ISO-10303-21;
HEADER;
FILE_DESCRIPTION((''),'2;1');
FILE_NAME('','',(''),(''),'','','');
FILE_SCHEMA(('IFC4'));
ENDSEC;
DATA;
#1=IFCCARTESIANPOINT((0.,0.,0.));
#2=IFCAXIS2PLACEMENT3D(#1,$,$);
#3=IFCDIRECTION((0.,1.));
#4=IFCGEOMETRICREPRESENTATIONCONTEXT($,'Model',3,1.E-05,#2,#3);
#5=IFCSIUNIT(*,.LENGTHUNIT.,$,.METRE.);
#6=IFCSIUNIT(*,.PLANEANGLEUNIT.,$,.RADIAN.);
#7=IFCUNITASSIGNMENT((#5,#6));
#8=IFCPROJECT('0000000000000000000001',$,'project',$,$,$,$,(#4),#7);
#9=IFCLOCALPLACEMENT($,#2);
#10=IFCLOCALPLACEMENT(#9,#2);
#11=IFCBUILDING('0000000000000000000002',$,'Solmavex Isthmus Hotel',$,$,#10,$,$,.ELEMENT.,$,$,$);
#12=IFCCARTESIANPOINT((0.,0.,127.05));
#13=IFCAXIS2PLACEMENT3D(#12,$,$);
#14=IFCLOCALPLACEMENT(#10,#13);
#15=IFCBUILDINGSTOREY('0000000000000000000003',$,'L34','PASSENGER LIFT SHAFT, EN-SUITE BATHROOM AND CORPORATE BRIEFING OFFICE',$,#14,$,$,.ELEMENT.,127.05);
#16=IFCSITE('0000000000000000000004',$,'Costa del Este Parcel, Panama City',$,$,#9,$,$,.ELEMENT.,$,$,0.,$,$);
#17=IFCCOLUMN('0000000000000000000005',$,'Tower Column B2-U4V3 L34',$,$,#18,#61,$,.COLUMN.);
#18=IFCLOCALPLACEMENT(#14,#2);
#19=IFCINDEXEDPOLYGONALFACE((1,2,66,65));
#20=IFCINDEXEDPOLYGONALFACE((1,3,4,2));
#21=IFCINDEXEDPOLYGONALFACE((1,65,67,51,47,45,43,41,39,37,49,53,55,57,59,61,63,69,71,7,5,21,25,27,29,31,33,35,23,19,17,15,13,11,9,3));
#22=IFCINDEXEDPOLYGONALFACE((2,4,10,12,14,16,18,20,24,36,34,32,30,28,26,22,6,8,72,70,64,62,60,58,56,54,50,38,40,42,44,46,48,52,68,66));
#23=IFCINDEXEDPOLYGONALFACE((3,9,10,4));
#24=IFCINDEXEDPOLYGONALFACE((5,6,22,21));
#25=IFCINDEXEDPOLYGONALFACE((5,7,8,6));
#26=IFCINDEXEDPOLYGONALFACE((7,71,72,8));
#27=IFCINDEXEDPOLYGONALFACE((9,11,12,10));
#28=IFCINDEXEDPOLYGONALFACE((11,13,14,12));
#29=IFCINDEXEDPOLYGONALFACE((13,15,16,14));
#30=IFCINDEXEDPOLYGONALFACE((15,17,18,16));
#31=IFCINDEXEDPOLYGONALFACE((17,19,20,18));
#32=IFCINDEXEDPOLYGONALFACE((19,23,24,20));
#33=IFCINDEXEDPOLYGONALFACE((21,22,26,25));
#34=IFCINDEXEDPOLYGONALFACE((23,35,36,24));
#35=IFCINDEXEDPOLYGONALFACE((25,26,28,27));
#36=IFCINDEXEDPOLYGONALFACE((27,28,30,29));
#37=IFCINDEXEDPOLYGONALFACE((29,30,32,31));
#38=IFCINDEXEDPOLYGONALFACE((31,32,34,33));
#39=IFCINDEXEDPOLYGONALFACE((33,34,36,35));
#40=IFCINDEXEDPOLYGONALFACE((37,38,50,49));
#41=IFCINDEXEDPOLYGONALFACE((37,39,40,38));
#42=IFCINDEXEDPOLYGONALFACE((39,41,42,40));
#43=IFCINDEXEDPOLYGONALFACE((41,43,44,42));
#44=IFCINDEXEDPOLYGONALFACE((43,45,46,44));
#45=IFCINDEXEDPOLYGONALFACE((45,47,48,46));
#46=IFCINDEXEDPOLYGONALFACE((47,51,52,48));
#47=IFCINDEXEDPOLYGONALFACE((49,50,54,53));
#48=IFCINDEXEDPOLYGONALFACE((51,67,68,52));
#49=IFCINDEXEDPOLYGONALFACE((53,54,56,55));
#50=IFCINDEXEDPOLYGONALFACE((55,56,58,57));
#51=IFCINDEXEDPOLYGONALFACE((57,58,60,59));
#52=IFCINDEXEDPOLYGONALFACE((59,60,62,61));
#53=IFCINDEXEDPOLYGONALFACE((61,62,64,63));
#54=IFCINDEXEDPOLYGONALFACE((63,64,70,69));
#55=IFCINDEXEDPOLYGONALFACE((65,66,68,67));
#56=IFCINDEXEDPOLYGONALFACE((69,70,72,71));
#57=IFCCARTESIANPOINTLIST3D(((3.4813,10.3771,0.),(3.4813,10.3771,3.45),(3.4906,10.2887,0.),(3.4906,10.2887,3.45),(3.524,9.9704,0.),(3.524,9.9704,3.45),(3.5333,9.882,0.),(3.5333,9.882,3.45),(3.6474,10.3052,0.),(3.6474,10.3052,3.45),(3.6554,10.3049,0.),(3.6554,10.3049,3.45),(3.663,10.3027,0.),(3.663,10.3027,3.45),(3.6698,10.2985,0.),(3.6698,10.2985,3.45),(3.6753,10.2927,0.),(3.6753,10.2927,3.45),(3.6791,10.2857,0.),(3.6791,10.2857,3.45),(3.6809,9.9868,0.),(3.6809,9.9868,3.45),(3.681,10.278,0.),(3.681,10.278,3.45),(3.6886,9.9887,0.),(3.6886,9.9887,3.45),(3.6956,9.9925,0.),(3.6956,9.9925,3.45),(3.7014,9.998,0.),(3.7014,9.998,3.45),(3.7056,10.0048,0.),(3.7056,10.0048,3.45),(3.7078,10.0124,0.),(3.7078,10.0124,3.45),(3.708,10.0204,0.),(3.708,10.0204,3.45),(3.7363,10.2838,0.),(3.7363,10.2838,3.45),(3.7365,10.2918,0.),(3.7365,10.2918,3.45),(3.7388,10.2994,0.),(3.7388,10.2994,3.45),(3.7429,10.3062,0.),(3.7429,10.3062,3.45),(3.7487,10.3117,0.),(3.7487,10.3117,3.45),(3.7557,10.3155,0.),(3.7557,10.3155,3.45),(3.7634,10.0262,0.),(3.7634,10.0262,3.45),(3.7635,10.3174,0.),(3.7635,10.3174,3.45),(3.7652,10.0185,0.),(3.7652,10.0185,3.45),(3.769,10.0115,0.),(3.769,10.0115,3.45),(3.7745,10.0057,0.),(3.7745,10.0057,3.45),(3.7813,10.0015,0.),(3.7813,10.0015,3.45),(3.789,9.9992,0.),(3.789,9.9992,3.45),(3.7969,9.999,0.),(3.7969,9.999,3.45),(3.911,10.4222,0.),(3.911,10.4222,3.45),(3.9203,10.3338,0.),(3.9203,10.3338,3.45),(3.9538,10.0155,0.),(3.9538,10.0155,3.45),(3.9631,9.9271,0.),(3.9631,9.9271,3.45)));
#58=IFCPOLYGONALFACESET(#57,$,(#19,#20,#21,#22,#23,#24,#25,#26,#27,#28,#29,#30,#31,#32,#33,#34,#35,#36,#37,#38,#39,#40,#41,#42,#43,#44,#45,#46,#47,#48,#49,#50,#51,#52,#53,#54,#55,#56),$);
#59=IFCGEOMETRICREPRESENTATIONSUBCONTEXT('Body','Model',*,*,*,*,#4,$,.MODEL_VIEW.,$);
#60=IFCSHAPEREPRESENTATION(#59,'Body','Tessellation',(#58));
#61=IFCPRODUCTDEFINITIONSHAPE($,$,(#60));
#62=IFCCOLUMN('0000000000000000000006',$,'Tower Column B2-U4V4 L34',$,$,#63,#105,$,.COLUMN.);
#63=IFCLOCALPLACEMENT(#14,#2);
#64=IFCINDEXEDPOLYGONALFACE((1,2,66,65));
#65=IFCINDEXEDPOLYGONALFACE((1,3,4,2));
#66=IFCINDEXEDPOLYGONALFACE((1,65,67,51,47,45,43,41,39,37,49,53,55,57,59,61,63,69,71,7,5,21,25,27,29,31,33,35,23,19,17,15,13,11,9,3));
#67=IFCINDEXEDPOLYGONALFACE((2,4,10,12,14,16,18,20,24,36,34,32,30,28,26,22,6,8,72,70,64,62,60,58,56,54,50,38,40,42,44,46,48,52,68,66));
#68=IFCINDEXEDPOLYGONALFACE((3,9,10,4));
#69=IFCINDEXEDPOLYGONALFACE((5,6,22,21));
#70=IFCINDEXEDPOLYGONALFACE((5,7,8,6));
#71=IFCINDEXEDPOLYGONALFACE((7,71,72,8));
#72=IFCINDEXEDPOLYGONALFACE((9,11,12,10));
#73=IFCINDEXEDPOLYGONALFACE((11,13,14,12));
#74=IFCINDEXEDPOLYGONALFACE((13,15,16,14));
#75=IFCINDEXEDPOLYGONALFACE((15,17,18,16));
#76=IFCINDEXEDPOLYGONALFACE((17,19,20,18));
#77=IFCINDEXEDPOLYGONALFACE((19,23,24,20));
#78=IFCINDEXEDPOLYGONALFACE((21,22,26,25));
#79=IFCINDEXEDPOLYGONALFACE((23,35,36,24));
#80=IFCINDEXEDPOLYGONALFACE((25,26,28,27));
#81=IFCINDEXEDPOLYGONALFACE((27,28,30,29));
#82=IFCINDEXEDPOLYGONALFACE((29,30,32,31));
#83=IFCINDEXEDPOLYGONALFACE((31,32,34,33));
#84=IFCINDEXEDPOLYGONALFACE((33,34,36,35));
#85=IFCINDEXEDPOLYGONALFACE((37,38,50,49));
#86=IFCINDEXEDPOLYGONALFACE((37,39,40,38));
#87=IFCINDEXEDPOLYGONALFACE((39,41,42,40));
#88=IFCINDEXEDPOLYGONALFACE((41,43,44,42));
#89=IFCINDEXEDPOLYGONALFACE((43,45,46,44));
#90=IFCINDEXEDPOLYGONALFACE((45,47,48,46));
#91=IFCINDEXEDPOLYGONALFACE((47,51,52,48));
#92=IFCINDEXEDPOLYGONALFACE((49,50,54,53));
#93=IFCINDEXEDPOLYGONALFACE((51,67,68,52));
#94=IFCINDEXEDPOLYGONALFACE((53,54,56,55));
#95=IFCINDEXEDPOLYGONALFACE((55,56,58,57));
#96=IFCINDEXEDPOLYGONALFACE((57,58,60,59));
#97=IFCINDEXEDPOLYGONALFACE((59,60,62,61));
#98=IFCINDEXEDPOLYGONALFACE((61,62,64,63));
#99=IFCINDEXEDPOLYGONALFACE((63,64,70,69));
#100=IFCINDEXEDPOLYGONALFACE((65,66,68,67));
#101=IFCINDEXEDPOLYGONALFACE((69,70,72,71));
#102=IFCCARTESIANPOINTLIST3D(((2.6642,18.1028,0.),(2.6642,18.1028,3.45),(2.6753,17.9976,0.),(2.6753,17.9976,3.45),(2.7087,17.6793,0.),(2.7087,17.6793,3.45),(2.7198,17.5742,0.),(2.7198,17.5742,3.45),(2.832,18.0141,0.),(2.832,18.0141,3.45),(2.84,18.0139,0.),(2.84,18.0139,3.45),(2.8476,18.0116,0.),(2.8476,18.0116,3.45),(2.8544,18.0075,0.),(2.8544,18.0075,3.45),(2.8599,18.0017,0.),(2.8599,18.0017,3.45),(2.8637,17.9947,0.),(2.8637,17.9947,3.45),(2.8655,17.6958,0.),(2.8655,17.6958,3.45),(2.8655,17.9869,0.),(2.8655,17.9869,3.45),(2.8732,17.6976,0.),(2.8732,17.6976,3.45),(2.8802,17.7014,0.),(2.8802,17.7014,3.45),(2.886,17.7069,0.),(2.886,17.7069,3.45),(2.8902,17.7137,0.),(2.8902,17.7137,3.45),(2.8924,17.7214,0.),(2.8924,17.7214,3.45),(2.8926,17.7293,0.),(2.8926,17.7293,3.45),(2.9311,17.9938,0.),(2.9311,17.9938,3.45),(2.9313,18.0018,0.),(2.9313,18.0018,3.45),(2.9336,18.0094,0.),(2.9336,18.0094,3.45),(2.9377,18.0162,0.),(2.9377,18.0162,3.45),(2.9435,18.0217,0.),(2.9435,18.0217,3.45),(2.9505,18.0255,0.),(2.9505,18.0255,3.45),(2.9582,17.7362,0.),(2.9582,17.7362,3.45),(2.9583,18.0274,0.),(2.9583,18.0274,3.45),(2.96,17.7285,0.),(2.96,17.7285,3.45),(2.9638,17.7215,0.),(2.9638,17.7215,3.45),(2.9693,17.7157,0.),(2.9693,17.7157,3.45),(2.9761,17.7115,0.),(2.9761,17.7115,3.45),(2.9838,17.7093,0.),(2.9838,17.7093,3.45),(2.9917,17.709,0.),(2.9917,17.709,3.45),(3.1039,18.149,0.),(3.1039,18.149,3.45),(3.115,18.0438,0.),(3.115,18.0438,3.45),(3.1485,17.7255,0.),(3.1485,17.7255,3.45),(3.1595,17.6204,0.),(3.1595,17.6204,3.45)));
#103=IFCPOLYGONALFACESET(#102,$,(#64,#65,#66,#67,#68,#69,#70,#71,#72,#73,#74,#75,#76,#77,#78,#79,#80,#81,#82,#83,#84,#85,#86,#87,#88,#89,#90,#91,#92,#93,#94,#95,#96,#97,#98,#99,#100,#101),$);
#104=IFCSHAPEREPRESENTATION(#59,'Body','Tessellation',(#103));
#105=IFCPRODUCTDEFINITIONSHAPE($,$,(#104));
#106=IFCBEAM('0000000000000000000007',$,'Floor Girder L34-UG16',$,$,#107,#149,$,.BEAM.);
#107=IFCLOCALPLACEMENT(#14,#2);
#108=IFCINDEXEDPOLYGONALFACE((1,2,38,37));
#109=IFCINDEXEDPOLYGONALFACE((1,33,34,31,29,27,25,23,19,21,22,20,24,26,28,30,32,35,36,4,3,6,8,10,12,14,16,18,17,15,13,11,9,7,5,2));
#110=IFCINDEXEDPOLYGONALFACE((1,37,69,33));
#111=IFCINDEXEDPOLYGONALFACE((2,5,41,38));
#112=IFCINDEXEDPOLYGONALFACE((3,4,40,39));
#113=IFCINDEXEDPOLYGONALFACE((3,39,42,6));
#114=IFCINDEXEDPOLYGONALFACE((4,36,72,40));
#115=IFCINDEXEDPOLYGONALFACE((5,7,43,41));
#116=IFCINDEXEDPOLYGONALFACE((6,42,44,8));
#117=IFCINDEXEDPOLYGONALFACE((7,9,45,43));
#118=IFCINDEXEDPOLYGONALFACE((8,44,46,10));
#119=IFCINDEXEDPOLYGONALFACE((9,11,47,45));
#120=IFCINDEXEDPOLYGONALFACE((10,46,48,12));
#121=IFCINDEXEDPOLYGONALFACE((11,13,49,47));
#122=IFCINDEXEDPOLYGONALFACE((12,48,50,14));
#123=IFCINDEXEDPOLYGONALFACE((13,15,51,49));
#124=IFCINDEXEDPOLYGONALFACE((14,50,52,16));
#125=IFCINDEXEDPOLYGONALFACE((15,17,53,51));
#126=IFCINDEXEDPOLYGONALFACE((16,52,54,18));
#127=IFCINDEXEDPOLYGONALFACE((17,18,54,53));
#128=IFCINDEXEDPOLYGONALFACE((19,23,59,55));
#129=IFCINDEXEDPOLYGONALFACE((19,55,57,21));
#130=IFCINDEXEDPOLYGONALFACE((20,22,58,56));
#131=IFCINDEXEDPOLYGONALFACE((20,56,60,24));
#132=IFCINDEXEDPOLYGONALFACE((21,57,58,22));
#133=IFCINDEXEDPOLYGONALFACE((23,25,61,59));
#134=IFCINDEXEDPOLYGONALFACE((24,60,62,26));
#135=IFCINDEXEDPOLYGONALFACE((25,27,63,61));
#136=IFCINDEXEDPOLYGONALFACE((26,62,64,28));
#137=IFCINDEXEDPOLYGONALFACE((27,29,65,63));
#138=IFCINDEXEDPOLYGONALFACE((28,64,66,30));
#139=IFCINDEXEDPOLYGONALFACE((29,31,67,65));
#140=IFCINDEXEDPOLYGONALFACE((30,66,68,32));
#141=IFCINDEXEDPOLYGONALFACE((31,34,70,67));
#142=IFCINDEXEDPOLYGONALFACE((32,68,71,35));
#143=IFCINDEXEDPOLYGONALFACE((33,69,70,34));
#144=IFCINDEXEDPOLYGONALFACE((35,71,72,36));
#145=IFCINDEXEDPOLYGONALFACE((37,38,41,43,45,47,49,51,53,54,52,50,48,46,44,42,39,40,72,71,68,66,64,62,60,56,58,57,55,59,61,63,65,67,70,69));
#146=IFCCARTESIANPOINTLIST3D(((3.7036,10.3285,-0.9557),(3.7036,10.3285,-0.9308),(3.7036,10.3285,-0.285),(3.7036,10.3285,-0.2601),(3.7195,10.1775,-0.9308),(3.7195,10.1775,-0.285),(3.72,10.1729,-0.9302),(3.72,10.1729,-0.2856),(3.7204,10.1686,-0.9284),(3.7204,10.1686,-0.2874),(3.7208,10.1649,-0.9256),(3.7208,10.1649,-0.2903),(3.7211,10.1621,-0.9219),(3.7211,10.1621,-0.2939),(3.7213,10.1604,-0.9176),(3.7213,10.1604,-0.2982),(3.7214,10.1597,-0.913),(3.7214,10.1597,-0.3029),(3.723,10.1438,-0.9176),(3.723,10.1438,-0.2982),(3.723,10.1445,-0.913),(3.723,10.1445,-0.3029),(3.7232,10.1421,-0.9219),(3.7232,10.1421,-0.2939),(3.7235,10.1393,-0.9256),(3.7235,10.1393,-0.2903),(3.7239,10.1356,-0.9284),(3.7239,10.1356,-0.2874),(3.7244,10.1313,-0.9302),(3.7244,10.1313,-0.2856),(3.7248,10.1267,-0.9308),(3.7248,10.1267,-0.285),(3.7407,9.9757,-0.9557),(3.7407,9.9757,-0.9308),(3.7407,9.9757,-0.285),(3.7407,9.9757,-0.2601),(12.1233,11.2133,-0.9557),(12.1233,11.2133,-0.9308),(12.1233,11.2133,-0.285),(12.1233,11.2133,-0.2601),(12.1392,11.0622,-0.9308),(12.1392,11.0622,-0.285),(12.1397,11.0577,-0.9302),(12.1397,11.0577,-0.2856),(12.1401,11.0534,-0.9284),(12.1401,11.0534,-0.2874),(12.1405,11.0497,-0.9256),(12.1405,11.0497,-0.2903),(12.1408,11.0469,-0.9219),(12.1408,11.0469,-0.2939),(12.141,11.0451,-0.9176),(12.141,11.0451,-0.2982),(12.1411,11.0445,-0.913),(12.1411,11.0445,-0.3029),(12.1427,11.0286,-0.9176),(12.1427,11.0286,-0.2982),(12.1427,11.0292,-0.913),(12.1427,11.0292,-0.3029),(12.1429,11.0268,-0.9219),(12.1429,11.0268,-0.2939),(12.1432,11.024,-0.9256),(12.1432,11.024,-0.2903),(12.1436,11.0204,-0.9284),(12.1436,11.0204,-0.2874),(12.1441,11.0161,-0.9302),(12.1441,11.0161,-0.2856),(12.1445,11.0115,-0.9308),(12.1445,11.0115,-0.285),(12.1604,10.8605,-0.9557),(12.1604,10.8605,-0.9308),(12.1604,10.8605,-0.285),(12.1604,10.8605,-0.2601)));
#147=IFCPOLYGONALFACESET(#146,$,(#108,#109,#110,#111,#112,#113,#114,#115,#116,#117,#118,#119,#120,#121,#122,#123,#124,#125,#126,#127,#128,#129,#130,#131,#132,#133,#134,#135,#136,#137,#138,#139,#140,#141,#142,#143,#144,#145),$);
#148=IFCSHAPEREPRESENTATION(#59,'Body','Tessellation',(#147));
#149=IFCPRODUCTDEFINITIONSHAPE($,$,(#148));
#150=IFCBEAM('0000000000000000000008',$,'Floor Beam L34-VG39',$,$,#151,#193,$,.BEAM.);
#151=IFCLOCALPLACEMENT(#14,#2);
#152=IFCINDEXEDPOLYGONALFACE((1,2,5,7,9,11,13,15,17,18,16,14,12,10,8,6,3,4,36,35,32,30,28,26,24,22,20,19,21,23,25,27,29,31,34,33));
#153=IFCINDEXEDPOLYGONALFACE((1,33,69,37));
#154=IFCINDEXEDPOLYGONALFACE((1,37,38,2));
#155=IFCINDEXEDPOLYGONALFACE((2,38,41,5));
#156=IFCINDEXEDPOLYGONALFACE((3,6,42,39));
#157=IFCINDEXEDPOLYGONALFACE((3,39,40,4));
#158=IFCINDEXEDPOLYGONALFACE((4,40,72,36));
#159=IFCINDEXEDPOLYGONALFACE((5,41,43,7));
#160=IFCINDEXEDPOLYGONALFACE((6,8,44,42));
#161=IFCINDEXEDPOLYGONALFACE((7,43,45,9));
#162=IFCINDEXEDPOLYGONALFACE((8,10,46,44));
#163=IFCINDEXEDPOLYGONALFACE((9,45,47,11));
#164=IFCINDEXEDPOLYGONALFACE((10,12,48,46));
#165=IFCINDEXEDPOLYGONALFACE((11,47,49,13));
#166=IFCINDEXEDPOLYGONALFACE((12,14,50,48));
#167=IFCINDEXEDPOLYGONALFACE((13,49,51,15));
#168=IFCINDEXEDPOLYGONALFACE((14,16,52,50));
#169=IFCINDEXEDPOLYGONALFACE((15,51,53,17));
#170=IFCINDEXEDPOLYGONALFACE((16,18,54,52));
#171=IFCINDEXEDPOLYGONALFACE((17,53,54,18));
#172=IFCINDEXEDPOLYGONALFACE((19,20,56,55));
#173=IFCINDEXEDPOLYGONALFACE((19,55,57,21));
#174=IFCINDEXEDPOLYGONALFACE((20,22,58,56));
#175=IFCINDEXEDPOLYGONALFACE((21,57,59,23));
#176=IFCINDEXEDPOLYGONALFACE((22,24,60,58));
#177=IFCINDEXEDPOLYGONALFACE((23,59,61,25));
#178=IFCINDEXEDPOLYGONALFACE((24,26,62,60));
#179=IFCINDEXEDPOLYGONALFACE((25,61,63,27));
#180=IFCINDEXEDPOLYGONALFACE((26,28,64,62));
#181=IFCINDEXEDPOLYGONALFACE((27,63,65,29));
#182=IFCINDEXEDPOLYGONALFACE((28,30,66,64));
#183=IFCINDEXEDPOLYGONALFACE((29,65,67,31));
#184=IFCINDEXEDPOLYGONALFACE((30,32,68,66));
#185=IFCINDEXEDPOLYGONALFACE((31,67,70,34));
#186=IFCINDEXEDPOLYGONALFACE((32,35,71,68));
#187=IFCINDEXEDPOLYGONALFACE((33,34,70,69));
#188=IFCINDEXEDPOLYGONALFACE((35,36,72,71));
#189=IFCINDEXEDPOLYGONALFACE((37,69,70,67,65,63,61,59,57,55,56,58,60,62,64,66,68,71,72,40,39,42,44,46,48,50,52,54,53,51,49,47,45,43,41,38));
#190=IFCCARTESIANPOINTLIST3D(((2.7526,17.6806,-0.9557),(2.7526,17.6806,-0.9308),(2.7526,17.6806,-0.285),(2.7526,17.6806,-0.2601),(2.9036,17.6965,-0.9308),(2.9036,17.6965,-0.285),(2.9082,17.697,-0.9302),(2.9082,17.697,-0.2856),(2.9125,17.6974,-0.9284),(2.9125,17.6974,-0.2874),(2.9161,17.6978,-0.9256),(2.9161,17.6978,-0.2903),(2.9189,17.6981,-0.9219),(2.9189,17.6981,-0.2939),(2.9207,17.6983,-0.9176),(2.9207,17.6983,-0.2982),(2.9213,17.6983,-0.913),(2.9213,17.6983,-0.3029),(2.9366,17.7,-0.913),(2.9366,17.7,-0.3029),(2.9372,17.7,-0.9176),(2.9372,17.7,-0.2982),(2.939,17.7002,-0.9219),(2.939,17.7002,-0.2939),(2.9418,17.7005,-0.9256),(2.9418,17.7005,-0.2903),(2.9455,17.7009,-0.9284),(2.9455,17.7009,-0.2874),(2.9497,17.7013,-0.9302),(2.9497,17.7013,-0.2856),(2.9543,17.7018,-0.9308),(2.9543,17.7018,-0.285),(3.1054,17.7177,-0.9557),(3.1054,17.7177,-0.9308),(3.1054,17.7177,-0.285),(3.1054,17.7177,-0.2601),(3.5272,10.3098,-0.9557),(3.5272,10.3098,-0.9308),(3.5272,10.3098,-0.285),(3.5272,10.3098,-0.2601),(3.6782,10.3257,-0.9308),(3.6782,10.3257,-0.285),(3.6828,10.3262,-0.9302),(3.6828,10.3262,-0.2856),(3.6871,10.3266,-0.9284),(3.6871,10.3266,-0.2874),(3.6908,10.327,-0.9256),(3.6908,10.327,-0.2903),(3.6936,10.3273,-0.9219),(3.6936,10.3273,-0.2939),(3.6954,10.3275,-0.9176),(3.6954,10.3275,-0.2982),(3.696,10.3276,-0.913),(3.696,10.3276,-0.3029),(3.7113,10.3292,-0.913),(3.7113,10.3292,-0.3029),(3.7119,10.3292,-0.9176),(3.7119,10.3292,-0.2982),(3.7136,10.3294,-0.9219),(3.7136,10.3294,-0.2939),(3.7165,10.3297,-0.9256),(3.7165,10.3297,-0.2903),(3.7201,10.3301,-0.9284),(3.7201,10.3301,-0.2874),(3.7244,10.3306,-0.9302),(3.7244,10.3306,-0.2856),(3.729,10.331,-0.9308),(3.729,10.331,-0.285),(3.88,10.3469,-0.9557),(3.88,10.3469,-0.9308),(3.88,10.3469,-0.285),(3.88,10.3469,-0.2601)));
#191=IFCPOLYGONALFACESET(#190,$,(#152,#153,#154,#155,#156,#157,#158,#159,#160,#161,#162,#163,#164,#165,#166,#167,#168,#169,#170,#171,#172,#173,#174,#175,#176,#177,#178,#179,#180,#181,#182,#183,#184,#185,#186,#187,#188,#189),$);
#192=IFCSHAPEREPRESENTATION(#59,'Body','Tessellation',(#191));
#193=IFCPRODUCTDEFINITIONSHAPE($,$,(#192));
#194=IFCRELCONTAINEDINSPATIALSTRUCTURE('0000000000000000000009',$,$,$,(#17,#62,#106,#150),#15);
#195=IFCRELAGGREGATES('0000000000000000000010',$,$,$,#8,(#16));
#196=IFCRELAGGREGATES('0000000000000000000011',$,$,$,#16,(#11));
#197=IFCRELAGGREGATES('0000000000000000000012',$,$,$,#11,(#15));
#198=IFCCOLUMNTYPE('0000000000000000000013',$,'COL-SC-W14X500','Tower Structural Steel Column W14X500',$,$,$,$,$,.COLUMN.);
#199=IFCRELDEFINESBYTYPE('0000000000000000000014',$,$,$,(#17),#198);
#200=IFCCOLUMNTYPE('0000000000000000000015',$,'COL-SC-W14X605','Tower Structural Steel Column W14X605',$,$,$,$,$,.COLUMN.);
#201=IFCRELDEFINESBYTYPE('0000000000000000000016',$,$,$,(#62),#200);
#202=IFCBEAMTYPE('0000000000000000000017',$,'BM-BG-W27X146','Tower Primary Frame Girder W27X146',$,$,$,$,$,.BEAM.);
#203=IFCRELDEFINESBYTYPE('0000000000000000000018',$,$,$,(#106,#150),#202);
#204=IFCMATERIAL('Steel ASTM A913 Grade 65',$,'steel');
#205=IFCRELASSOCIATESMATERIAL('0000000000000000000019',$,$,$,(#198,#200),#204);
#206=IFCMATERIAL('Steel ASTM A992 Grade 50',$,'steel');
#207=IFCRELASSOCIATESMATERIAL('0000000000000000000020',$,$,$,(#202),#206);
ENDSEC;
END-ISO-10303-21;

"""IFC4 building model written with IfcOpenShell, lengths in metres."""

from ifc_helpers import new_model, si_unit, direction, frame, origin, origin_2d, place, context, subcontext, project, spatial, i_section, extrude, material, material_profile, profile_set, type_object, element, save


model = new_model("IFC4")

# Units and contexts
model_context = context("Model", 3, precision=1e-05, world=origin(), true_north=direction((0.0, 1.0)))
body_context = subcontext(model_context, "Body", "Model", "MODEL_VIEW")
ifc_project = project(units=[si_unit("LENGTHUNIT", "METRE"), si_unit("PLANEANGLEUNIT", "RADIAN")], contexts=[model_context])

# Site, building, storey
site_placement = place(None, origin())
site = spatial("IfcSite", under=ifc_project, at=site_placement, Name="Costa del Este Parcel, Panama City", CompositionType="ELEMENT", RefElevation=0.0)
building_placement = place(site_placement, origin())
building = spatial("IfcBuilding", under=site, at=building_placement, Name="Solmavex Isthmus Hotel", CompositionType="ELEMENT")
storey_placement = place(building_placement, frame((0.0, 0.0, 127.05)))
storey = spatial("IfcBuildingStorey", under=building, at=storey_placement, Name="L34", Description="PASSENGER LIFT SHAFT, EN-SUITE BATHROOM AND CORPORATE BRIEFING OFFICE", CompositionType="ELEMENT", Elevation=127.05)

# Columns
ifc_material_1 = material(Name="Steel ASTM A913 Grade 65", Category="steel")
ifc_material_profile_1 = material_profile(ifc_material_1, i_section(OverallWidth=0.4321, OverallDepth=0.4978, WebThickness=0.0557, FlangeThickness=0.0889, FilletRadius=0.0305, at=origin_2d()), Name="W14X500")
ifc_profile_set_1 = profile_set([ifc_material_profile_1], Name="Steel ASTM A913 Grade 65")
column_type_1 = type_object("IfcColumnType", Name="COL-SC-W14X500", Description="Tower Structural Steel Column W14X500", PredefinedType="COLUMN", material=ifc_profile_set_1)
column_1_placement = place(storey_placement, frame((3.7222, 10.1521, 0.0), z_axis=(0.0, 0.0, 1.0), x_axis=(0.994522, 0.104528, 0.0)))
element("IfcColumn", 1, at=column_1_placement, inside=storey, type_object=column_type_1, Name="Tower Column B2-U4V3 L34", PredefinedType="COLUMN", context=body_context, shape_type="SweptSolid", body=[
    extrude(i_section(OverallWidth=0.4321, OverallDepth=0.4978, WebThickness=0.0557, FlangeThickness=0.0889, FilletRadius=0.0305, at=origin_2d()), origin(), (0.0, 0.0, 1.0), 3.45),
])
ifc_material_profile_2 = material_profile(ifc_material_1, i_section(OverallWidth=0.4421, OverallDepth=0.5315, WebThickness=0.0659, FlangeThickness=0.1057, FilletRadius=0.0305, at=origin_2d()), Name="W14X605")
ifc_profile_set_2 = profile_set([ifc_material_profile_2], Name="Steel ASTM A913 Grade 65")
column_type_2 = type_object("IfcColumnType", Name="COL-SC-W14X605", Description="Tower Structural Steel Column W14X605", PredefinedType="COLUMN", material=ifc_profile_set_2)
column_2_placement = place(storey_placement, frame((2.9119, 17.8616, 0.0), z_axis=(0.0, 0.0, 1.0), x_axis=(0.994522, 0.104528, 0.0)))
element("IfcColumn", 2, at=column_2_placement, inside=storey, type_object=column_type_2, Name="Tower Column B2-U4V4 L34", PredefinedType="COLUMN", context=body_context, shape_type="SweptSolid", body=[
    extrude(i_section(OverallWidth=0.4421, OverallDepth=0.5315, WebThickness=0.0659, FlangeThickness=0.1057, FilletRadius=0.0305, at=origin_2d()), origin(), (0.0, 0.0, 1.0), 3.45),
])

# Beams
ifc_material_2 = material(Name="Steel ASTM A992 Grade 50", Category="steel")
ifc_material_profile_3 = material_profile(ifc_material_2, i_section(OverallWidth=0.3547, OverallDepth=0.6956, WebThickness=0.0154, FlangeThickness=0.0249, FilletRadius=0.0178, at=origin_2d()), Name="W27X146")
ifc_profile_set_3 = profile_set([ifc_material_profile_3], Name="Steel ASTM A992 Grade 50")
beam_type_1 = type_object("IfcBeamType", Name="BM-BG-W27X146", Description="Tower Primary Frame Girder W27X146", PredefinedType="BEAM", material=ifc_profile_set_3)
beam_1_placement = place(storey_placement, frame((3.7222, 10.1521, -0.6079), z_axis=(0.994524, 0.104508, 0.0), x_axis=(-0.104508, 0.994524, 0.0)))
element("IfcBeam", 3, at=beam_1_placement, inside=storey, type_object=beam_type_1, Name="Floor Girder L34-UG16", PredefinedType="BEAM", context=body_context, shape_type="SweptSolid", body=[
    extrude(i_section(OverallWidth=0.3547, OverallDepth=0.6956, WebThickness=0.0154, FlangeThickness=0.0249, FilletRadius=0.0178, at=origin_2d()), origin(), (0.0, 0.0, 1.0), 8.4661),
])
beam_2_placement = place(storey_placement, frame((3.7036, 10.3284, -0.6079), z_axis=(-0.104522, 0.994523, 0.0), x_axis=(-0.994523, -0.104522, 0.0)))
element("IfcBeam", 4, at=beam_2_placement, inside=storey, type_object=beam_type_1, Name="Floor Beam L34-VG39", PredefinedType="BEAM", context=body_context, shape_type="SweptSolid", body=[
    extrude(i_section(OverallWidth=0.3547, OverallDepth=0.6956, WebThickness=0.0154, FlangeThickness=0.0249, FilletRadius=0.0178, at=origin_2d()), origin(), (0.0, 0.0, 1.0), 7.4114),
])

save(model, "model.ifc")
